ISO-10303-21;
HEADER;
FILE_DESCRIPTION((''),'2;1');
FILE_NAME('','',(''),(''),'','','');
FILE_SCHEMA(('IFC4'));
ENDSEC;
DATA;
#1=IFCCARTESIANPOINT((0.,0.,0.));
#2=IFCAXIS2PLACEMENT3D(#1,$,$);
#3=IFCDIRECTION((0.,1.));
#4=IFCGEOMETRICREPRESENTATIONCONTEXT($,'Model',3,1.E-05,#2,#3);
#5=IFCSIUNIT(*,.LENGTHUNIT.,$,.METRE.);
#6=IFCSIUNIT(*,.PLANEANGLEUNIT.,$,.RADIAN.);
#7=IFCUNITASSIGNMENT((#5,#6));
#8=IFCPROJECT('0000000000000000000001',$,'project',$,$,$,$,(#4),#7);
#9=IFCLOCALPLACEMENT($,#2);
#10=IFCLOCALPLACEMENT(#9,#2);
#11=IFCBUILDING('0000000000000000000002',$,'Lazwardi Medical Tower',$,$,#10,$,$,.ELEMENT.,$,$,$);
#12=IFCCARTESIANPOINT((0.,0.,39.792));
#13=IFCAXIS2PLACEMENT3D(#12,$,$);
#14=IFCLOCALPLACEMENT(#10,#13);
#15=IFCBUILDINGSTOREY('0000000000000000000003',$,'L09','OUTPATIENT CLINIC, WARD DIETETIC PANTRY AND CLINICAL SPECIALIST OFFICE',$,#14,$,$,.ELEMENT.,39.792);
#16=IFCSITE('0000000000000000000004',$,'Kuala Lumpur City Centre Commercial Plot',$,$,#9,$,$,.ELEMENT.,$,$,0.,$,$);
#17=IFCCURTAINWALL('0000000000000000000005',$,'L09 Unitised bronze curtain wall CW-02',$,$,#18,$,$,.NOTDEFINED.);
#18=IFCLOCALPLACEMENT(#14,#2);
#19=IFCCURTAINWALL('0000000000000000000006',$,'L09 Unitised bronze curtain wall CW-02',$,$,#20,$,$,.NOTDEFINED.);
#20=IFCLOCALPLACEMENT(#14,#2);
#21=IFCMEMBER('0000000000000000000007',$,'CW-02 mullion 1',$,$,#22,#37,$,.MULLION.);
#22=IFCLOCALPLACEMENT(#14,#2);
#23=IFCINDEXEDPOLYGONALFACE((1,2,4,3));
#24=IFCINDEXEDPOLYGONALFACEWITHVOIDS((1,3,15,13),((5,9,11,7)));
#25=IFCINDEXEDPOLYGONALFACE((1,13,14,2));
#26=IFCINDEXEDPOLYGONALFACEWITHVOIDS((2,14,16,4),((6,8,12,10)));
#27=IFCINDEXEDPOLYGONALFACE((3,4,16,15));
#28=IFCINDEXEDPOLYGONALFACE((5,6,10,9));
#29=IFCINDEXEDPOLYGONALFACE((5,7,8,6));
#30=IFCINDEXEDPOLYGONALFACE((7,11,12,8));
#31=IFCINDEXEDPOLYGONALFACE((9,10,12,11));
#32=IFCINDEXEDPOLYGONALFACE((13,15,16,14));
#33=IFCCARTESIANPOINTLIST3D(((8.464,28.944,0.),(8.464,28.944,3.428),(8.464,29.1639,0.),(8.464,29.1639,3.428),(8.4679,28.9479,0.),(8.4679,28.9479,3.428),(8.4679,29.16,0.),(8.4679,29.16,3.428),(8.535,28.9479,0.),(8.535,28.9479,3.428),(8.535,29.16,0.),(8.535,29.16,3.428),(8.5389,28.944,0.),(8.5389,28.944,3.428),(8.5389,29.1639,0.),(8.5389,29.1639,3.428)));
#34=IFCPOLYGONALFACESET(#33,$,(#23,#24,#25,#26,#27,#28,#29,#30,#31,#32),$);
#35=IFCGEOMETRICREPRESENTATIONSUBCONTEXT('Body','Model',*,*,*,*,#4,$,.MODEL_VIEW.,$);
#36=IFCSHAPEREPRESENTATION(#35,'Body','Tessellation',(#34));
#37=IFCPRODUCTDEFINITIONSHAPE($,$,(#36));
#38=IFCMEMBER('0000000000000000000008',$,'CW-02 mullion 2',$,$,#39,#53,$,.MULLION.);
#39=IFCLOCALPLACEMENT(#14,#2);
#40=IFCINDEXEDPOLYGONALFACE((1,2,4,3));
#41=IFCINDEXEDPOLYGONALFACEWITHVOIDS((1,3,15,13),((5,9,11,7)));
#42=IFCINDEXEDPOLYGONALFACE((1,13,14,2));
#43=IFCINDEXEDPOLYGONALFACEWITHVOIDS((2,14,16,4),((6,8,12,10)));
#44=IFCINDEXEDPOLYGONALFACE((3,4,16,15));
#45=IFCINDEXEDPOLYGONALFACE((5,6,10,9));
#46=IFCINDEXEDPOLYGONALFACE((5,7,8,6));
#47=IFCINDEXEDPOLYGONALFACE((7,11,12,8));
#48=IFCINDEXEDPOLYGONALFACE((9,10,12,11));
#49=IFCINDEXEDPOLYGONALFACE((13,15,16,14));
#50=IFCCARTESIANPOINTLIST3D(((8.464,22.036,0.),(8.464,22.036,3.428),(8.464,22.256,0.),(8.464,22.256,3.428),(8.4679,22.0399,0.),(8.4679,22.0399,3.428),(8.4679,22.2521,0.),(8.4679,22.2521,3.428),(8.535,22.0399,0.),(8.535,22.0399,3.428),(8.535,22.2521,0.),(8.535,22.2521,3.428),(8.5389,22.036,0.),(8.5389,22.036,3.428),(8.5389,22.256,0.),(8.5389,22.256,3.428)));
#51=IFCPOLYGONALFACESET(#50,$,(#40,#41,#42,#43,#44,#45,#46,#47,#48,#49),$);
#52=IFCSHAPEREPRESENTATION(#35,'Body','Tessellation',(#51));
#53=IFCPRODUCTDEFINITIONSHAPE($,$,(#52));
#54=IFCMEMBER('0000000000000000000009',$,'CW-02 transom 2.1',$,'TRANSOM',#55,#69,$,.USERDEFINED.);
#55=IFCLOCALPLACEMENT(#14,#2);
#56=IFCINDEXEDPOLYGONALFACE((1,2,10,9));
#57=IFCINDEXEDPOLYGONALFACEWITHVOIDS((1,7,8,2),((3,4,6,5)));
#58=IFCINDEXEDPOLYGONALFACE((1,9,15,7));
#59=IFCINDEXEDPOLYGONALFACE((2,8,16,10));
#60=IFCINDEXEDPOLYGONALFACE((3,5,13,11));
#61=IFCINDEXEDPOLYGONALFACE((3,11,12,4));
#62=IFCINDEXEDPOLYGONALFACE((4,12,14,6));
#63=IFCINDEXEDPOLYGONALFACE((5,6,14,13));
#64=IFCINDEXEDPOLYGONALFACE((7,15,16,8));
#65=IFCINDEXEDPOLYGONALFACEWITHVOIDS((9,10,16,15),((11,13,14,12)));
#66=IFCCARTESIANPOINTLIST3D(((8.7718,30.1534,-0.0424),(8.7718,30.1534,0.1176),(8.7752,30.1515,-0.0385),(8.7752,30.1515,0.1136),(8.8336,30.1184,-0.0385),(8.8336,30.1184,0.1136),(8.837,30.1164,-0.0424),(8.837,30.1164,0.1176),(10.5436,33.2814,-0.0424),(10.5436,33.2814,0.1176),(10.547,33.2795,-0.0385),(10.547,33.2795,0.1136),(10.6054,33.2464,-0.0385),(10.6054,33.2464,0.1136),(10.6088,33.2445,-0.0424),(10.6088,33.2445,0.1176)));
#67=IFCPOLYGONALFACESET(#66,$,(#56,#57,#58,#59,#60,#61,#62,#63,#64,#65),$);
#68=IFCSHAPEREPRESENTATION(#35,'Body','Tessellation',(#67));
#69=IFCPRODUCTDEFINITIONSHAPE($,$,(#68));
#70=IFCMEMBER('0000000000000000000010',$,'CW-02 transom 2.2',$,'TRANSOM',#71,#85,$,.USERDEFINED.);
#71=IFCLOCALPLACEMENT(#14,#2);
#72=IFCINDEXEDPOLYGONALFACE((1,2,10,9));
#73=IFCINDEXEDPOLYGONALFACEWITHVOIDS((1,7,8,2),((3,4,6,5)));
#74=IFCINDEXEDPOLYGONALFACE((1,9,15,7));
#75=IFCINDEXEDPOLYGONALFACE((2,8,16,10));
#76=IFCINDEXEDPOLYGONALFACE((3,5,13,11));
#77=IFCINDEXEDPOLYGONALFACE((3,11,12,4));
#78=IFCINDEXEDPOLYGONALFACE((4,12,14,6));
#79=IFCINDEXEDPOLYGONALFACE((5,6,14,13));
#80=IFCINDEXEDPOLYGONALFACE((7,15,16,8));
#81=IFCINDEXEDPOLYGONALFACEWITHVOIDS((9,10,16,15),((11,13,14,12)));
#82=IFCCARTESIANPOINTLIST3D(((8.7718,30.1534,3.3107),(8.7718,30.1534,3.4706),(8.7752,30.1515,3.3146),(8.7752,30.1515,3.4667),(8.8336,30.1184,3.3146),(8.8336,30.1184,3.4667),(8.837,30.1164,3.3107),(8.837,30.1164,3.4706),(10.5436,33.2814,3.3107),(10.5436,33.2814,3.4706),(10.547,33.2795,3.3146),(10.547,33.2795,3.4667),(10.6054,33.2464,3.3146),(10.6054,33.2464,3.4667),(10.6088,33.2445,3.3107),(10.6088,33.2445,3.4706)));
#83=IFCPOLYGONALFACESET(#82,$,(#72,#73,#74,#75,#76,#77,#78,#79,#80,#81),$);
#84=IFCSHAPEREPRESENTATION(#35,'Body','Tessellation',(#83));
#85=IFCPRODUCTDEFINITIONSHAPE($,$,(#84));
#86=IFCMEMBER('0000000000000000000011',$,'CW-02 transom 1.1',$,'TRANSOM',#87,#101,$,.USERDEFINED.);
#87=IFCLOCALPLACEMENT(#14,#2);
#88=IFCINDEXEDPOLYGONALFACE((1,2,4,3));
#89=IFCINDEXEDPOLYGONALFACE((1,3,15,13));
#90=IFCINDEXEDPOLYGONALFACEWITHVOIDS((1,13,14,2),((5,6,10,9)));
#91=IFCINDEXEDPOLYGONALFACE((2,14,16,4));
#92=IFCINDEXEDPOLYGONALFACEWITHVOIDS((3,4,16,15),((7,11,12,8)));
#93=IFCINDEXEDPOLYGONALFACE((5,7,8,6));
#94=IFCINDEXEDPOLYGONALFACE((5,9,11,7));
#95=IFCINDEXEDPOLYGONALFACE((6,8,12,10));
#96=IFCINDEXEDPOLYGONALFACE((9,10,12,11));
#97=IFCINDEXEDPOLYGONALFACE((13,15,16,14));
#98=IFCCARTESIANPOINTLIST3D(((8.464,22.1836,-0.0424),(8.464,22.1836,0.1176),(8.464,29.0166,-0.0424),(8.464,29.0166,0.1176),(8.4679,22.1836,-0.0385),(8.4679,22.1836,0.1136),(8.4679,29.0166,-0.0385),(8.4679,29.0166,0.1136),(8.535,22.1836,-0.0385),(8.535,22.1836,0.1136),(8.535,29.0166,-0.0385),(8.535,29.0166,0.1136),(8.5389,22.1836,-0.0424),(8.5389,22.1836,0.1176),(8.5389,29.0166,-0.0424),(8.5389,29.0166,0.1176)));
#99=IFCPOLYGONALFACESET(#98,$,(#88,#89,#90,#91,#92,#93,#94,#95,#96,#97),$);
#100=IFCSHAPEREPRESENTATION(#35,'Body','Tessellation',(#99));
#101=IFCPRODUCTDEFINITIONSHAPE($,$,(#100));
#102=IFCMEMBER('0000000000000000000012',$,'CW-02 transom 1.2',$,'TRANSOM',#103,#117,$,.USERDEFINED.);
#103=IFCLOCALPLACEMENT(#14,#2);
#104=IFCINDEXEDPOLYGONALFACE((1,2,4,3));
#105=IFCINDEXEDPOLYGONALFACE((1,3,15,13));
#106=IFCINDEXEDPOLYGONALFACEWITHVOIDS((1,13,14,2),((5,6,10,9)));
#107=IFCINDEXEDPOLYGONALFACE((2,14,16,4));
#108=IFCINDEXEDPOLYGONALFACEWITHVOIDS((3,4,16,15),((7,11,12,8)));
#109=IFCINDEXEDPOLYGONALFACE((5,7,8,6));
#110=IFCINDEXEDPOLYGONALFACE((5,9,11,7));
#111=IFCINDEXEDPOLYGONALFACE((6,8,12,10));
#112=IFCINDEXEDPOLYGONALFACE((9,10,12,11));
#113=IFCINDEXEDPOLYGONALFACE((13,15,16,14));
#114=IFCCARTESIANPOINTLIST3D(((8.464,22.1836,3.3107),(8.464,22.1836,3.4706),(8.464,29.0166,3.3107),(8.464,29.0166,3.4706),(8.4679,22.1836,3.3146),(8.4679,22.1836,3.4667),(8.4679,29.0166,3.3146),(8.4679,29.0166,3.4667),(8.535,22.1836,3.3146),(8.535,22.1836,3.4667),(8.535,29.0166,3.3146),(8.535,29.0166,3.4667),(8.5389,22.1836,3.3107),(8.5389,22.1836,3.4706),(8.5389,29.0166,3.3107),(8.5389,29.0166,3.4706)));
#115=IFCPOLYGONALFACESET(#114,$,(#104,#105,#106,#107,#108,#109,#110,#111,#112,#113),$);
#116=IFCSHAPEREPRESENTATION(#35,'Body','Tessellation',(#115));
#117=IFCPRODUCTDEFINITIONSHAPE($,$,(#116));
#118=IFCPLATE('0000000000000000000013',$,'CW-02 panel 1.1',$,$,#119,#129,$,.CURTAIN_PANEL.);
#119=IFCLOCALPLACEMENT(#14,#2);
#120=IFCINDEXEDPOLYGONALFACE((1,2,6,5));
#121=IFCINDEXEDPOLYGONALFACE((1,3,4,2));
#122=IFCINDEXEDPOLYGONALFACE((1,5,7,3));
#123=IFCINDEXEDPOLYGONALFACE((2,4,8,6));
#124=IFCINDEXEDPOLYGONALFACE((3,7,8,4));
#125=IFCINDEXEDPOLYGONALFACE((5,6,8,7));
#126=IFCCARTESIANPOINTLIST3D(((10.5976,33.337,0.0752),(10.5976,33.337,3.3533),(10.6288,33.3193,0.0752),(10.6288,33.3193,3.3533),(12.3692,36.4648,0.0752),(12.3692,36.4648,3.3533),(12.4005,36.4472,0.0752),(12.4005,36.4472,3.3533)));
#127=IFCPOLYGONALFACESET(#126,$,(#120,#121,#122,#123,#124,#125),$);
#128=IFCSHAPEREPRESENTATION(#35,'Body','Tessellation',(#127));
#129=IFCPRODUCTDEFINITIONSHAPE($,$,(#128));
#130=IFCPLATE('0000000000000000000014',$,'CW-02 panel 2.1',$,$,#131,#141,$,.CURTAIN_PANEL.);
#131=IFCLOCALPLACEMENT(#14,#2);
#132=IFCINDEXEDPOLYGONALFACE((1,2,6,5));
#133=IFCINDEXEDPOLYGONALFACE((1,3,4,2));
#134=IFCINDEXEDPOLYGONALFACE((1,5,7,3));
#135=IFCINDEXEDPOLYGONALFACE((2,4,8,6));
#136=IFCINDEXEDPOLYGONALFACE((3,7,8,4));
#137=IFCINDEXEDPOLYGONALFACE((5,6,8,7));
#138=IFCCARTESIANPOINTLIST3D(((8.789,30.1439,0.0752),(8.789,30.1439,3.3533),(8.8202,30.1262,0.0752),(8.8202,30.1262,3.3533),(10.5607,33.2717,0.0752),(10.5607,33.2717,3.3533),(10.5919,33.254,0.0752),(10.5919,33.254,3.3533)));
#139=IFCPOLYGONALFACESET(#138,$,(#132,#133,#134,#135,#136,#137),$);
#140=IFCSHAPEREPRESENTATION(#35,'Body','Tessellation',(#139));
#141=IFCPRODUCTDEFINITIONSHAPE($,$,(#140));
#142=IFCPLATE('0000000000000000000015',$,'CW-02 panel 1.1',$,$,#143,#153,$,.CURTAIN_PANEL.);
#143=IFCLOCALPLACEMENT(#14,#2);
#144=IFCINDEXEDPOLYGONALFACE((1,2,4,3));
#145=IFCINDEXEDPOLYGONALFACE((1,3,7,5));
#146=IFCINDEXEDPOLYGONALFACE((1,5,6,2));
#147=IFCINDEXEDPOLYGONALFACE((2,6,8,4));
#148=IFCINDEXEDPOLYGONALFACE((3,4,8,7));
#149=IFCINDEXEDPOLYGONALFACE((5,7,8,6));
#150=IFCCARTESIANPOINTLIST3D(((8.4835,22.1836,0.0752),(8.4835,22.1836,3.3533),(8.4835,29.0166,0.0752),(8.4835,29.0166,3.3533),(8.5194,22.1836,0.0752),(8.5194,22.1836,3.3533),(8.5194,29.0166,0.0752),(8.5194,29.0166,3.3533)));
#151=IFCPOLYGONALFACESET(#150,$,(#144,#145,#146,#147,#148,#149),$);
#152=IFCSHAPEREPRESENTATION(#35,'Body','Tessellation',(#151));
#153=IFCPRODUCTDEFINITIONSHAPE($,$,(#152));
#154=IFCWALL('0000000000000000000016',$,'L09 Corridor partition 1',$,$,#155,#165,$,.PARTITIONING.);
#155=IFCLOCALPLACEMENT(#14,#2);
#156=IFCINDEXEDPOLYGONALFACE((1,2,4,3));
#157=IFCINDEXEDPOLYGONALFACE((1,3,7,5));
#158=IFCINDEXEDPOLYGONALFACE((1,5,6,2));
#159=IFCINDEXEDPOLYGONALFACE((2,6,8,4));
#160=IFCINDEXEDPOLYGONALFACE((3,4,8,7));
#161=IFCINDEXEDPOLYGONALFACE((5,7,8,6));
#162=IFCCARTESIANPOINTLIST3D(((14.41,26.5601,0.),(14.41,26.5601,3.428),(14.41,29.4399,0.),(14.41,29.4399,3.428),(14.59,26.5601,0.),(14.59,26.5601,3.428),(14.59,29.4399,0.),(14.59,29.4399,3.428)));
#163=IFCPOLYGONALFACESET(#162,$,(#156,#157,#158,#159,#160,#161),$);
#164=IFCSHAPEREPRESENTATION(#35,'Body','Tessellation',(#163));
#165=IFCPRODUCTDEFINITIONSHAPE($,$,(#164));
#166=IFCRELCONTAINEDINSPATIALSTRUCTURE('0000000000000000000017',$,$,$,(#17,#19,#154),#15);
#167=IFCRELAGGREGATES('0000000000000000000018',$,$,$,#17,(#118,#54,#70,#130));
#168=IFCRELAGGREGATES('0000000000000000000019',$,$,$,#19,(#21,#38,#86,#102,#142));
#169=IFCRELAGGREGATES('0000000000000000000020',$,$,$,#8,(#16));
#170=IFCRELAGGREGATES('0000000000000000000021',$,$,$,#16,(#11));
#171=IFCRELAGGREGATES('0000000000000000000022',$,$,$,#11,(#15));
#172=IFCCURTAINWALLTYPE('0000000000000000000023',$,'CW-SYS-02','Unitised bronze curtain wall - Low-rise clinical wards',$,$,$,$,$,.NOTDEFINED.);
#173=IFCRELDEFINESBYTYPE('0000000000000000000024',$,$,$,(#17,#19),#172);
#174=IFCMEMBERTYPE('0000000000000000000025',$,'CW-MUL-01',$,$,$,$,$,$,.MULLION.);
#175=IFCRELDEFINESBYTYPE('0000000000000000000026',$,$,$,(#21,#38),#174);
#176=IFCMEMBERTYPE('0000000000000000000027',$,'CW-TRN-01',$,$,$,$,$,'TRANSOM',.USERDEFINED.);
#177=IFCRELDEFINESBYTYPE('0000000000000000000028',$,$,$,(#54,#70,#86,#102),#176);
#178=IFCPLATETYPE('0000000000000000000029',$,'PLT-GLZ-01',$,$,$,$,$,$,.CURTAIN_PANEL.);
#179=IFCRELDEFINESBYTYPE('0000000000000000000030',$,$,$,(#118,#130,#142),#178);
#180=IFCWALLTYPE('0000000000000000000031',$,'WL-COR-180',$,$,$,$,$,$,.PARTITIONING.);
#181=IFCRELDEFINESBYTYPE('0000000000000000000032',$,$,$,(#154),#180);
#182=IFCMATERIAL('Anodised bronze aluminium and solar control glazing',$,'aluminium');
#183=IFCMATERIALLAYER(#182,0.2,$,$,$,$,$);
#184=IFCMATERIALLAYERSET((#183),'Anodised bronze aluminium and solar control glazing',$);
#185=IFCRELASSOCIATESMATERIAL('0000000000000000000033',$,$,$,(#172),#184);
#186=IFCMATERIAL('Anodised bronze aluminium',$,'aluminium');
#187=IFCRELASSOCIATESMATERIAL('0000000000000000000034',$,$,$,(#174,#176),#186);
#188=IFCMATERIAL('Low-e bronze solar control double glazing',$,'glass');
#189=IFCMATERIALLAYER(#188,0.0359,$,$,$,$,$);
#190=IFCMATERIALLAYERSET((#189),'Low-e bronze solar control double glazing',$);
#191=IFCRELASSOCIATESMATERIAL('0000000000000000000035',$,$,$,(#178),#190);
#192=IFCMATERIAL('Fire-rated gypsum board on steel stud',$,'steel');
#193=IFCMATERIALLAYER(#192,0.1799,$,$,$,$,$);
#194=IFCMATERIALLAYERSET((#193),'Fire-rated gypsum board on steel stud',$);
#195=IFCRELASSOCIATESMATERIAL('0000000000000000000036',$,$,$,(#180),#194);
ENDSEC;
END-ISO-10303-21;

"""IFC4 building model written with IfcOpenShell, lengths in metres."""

from ifc_helpers import new_model, si_unit, direction, frame, frame_2d, origin, origin_2d, place, context, subcontext, project, spatial, rectangle, hollow_rectangle, extrude, material, layer, layer_set, material_profile, profile_set, type_object, element, aggregate, save


model = new_model("IFC4")

# Units and contexts
model_context = context("Model", 3, precision=1e-05, world=origin(), true_north=direction((0.0, 1.0)))
body_context = subcontext(model_context, "Body", "Model", "MODEL_VIEW")
ifc_project = project(units=[si_unit("LENGTHUNIT", "METRE"), si_unit("PLANEANGLEUNIT", "RADIAN")], contexts=[model_context])

# Site, building, storey
site_placement = place(None, origin())
site = spatial("IfcSite", under=ifc_project, at=site_placement, Name="Kuala Lumpur City Centre Commercial Plot", CompositionType="ELEMENT", RefElevation=0.0)
building_placement = place(site_placement, origin())
building = spatial("IfcBuilding", under=site, at=building_placement, Name="Lazwardi Medical Tower", CompositionType="ELEMENT")
storey_placement = place(building_placement, frame((0.0, 0.0, 39.792)))
storey = spatial("IfcBuildingStorey", under=building, at=storey_placement, Name="L09", Description="OUTPATIENT CLINIC, WARD DIETETIC PANTRY AND CLINICAL SPECIALIST OFFICE", CompositionType="ELEMENT", Elevation=39.792)

# Curtain walls, members
ifc_material_1 = material(Name="Anodised bronze aluminium and solar control glazing", Category="aluminium")
ifc_layer_1 = layer(ifc_material_1, 0.2)
ifc_layer_set_1 = layer_set([ifc_layer_1], Name="Anodised bronze aluminium and solar control glazing")
curtain_wall_type = type_object("IfcCurtainWallType", Name="CW-SYS-02", Description="Unitised bronze curtain wall - Low-rise clinical wards", PredefinedType="NOTDEFINED", material=ifc_layer_set_1)
curtain_wall_1_placement = place(storey_placement, origin())
curtain_wall_1 = element("IfcCurtainWall", 1, at=curtain_wall_1_placement, inside=storey, type_object=curtain_wall_type, Name="L09 Unitised bronze curtain wall CW-02", PredefinedType="NOTDEFINED")
ifc_material_2 = material(Name="Anodised bronze aluminium", Category="aluminium")
ifc_material_profile_1 = material_profile(ifc_material_2, hollow_rectangle(XDim=0.075, YDim=0.22, WallThickness=0.0039, at=origin_2d()), Name="ALU-MULLION 220x75x4")
ifc_profile_set_1 = profile_set([ifc_material_profile_1], Name="Anodised bronze aluminium")
member_type_1 = type_object("IfcMemberType", Name="CW-MUL-01", PredefinedType="MULLION", material=ifc_profile_set_1)
curtain_wall_2_placement = place(storey_placement, origin())
curtain_wall_2 = element("IfcCurtainWall", 2, at=curtain_wall_2_placement, inside=storey, type_object=curtain_wall_type, Name="L09 Unitised bronze curtain wall CW-02", PredefinedType="NOTDEFINED")
member_1_placement = place(storey_placement, frame((8.5015, 29.054, 0.0), z_axis=(0.0, 0.0, 1.0), x_axis=(1.0, 0.0, 0.0)))
member_1 = element("IfcMember", 3, at=member_1_placement, type_object=member_type_1, Name="CW-02 mullion 1", PredefinedType="MULLION", context=body_context, shape_type="SweptSolid", body=[
    extrude(hollow_rectangle(XDim=0.075, YDim=0.22, WallThickness=0.0039, at=origin_2d()), origin(), (0.0, 0.0, 1.0), 3.428),
])
member_2_placement = place(storey_placement, frame((8.5015, 22.146, 0.0), z_axis=(0.0, 0.0, 1.0), x_axis=(1.0, 0.0, 0.0)))
member_2 = element("IfcMember", 4, at=member_2_placement, type_object=member_type_1, Name="CW-02 mullion 2", PredefinedType="MULLION", context=body_context, shape_type="SweptSolid", body=[
    extrude(hollow_rectangle(XDim=0.075, YDim=0.22, WallThickness=0.0039, at=origin_2d()), origin(), (0.0, 0.0, 1.0), 3.428),
])

# Members
ifc_material_profile_2 = material_profile(ifc_material_2, hollow_rectangle(XDim=0.075, YDim=0.1599, WallThickness=0.0039, at=origin_2d()), Name="ALU-TRANSOM 160x75x4")
ifc_profile_set_2 = profile_set([ifc_material_profile_2], Name="Anodised bronze aluminium")
member_type_2 = type_object("IfcMemberType", Name="CW-TRN-01", ElementType="TRANSOM", PredefinedType="USERDEFINED", material=ifc_profile_set_2)
member_3_placement = place(storey_placement, frame((10.5762, 33.2629, 0.0376), z_axis=(-0.492851, -0.870113, 0.0), x_axis=(0.870113, -0.492851, 0.0)))
member_3 = element("IfcMember", 5, at=member_3_placement, type_object=member_type_2, Name="CW-02 transom 2.1", ObjectType="TRANSOM", PredefinedType="USERDEFINED", context=body_context, shape_type="SweptSolid", body=[
    extrude(hollow_rectangle(XDim=0.075, YDim=0.1599, WallThickness=0.0039, at=origin_2d()), origin(), (0.0, 0.0, 1.0), 3.595),
])
member_4_placement = place(storey_placement, frame((10.5762, 33.2629, 3.3906), z_axis=(-0.492851, -0.870113, 0.0), x_axis=(0.870113, -0.492851, 0.0)))
member_4 = element("IfcMember", 6, at=member_4_placement, type_object=member_type_2, Name="CW-02 transom 2.2", ObjectType="TRANSOM", PredefinedType="USERDEFINED", context=body_context, shape_type="SweptSolid", body=[
    extrude(hollow_rectangle(XDim=0.075, YDim=0.1599, WallThickness=0.0039, at=origin_2d()), origin(), (0.0, 0.0, 1.0), 3.595),
])
member_5_placement = place(storey_placement, frame((8.5015, 29.0166, 0.0376), z_axis=(0.0, -1.0, 0.0), x_axis=(1.0, 0.0, 0.0)))
member_5 = element("IfcMember", 7, at=member_5_placement, type_object=member_type_2, Name="CW-02 transom 1.1", ObjectType="TRANSOM", PredefinedType="USERDEFINED", context=body_context, shape_type="SweptSolid", body=[
    extrude(hollow_rectangle(XDim=0.075, YDim=0.1599, WallThickness=0.0039, at=origin_2d()), origin(), (0.0, 0.0, 1.0), 6.833),
])
member_6_placement = place(storey_placement, frame((8.5015, 29.0166, 3.3906), z_axis=(0.0, -1.0, 0.0), x_axis=(1.0, 0.0, 0.0)))
member_6 = element("IfcMember", 8, at=member_6_placement, type_object=member_type_2, Name="CW-02 transom 1.2", ObjectType="TRANSOM", PredefinedType="USERDEFINED", context=body_context, shape_type="SweptSolid", body=[
    extrude(hollow_rectangle(XDim=0.075, YDim=0.1599, WallThickness=0.0039, at=origin_2d()), origin(), (0.0, 0.0, 1.0), 6.833),
])

# Plates
ifc_material_3 = material(Name="Low-e bronze solar control double glazing", Category="glass")
ifc_layer_2 = layer(ifc_material_3, 0.0359)
ifc_layer_set_2 = layer_set([ifc_layer_2], Name="Low-e bronze solar control double glazing")
plate_type = type_object("IfcPlateType", Name="PLT-GLZ-01", PredefinedType="CURTAIN_PANEL", material=ifc_layer_set_2)
plate_1_placement = place(storey_placement, frame((11.499, 34.8921, 0.0752), z_axis=(0.0, 0.0, 1.0), x_axis=(-0.492854, -0.870112, 0.0)))
plate_1 = element("IfcPlate", 9, at=plate_1_placement, type_object=plate_type, Name="CW-02 panel 1.1", PredefinedType="CURTAIN_PANEL", context=body_context, shape_type="SweptSolid", body=[
    extrude(rectangle(XDim=3.5947, YDim=0.0359, at=origin_2d()), origin(), (0.0, 0.0, 1.0), 3.2781),
])
plate_2_placement = place(storey_placement, frame((9.6904, 31.699, 0.0752), z_axis=(0.0, 0.0, 1.0), x_axis=(-0.492854, -0.870112, 0.0)))
plate_2 = element("IfcPlate", 10, at=plate_2_placement, type_object=plate_type, Name="CW-02 panel 2.1", PredefinedType="CURTAIN_PANEL", context=body_context, shape_type="SweptSolid", body=[
    extrude(rectangle(XDim=3.5947, YDim=0.0359, at=origin_2d()), origin(), (0.0, 0.0, 1.0), 3.2781),
])
aggregate(curtain_wall_1, [plate_1, member_3, member_4, plate_2])
plate_3_placement = place(storey_placement, frame((8.5015, 25.6001, 0.0752), z_axis=(0.0, 0.0, 1.0), x_axis=(0.0, -1.0, 0.0)))
plate_3 = element("IfcPlate", 11, at=plate_3_placement, type_object=plate_type, Name="CW-02 panel 1.1", PredefinedType="CURTAIN_PANEL", context=body_context, shape_type="SweptSolid", body=[
    extrude(rectangle(XDim=6.833, YDim=0.0359, at=origin_2d()), origin(), (0.0, 0.0, 1.0), 3.2781),
])
aggregate(curtain_wall_2, [member_1, member_2, member_5, member_6, plate_3])

# Wall
ifc_material_4 = material(Name="Fire-rated gypsum board on steel stud", Category="steel")
ifc_layer_3 = layer(ifc_material_4, 0.1799)
ifc_layer_set_3 = layer_set([ifc_layer_3], Name="Fire-rated gypsum board on steel stud")
wall_type_1 = type_object("IfcWallType", Name="WL-COR-180", PredefinedType="PARTITIONING", material=ifc_layer_set_3)
wall_1_placement = place(storey_placement, frame((14.5, 26.5601, 0.0), z_axis=(0.0, 0.0, 1.0), x_axis=(0.0, 1.0, 0.0)))
element("IfcWall", 12, at=wall_1_placement, inside=storey, type_object=wall_type_1, Name="L09 Corridor partition 1", PredefinedType="PARTITIONING", context=body_context, shape_type="SweptSolid", body=[
    extrude(rectangle(XDim=2.8799, YDim=0.1799, at=frame_2d((1.4399, 0.0))), origin(), (0.0, 0.0, 1.0), 3.428),
])

save(model, "model.ifc")
